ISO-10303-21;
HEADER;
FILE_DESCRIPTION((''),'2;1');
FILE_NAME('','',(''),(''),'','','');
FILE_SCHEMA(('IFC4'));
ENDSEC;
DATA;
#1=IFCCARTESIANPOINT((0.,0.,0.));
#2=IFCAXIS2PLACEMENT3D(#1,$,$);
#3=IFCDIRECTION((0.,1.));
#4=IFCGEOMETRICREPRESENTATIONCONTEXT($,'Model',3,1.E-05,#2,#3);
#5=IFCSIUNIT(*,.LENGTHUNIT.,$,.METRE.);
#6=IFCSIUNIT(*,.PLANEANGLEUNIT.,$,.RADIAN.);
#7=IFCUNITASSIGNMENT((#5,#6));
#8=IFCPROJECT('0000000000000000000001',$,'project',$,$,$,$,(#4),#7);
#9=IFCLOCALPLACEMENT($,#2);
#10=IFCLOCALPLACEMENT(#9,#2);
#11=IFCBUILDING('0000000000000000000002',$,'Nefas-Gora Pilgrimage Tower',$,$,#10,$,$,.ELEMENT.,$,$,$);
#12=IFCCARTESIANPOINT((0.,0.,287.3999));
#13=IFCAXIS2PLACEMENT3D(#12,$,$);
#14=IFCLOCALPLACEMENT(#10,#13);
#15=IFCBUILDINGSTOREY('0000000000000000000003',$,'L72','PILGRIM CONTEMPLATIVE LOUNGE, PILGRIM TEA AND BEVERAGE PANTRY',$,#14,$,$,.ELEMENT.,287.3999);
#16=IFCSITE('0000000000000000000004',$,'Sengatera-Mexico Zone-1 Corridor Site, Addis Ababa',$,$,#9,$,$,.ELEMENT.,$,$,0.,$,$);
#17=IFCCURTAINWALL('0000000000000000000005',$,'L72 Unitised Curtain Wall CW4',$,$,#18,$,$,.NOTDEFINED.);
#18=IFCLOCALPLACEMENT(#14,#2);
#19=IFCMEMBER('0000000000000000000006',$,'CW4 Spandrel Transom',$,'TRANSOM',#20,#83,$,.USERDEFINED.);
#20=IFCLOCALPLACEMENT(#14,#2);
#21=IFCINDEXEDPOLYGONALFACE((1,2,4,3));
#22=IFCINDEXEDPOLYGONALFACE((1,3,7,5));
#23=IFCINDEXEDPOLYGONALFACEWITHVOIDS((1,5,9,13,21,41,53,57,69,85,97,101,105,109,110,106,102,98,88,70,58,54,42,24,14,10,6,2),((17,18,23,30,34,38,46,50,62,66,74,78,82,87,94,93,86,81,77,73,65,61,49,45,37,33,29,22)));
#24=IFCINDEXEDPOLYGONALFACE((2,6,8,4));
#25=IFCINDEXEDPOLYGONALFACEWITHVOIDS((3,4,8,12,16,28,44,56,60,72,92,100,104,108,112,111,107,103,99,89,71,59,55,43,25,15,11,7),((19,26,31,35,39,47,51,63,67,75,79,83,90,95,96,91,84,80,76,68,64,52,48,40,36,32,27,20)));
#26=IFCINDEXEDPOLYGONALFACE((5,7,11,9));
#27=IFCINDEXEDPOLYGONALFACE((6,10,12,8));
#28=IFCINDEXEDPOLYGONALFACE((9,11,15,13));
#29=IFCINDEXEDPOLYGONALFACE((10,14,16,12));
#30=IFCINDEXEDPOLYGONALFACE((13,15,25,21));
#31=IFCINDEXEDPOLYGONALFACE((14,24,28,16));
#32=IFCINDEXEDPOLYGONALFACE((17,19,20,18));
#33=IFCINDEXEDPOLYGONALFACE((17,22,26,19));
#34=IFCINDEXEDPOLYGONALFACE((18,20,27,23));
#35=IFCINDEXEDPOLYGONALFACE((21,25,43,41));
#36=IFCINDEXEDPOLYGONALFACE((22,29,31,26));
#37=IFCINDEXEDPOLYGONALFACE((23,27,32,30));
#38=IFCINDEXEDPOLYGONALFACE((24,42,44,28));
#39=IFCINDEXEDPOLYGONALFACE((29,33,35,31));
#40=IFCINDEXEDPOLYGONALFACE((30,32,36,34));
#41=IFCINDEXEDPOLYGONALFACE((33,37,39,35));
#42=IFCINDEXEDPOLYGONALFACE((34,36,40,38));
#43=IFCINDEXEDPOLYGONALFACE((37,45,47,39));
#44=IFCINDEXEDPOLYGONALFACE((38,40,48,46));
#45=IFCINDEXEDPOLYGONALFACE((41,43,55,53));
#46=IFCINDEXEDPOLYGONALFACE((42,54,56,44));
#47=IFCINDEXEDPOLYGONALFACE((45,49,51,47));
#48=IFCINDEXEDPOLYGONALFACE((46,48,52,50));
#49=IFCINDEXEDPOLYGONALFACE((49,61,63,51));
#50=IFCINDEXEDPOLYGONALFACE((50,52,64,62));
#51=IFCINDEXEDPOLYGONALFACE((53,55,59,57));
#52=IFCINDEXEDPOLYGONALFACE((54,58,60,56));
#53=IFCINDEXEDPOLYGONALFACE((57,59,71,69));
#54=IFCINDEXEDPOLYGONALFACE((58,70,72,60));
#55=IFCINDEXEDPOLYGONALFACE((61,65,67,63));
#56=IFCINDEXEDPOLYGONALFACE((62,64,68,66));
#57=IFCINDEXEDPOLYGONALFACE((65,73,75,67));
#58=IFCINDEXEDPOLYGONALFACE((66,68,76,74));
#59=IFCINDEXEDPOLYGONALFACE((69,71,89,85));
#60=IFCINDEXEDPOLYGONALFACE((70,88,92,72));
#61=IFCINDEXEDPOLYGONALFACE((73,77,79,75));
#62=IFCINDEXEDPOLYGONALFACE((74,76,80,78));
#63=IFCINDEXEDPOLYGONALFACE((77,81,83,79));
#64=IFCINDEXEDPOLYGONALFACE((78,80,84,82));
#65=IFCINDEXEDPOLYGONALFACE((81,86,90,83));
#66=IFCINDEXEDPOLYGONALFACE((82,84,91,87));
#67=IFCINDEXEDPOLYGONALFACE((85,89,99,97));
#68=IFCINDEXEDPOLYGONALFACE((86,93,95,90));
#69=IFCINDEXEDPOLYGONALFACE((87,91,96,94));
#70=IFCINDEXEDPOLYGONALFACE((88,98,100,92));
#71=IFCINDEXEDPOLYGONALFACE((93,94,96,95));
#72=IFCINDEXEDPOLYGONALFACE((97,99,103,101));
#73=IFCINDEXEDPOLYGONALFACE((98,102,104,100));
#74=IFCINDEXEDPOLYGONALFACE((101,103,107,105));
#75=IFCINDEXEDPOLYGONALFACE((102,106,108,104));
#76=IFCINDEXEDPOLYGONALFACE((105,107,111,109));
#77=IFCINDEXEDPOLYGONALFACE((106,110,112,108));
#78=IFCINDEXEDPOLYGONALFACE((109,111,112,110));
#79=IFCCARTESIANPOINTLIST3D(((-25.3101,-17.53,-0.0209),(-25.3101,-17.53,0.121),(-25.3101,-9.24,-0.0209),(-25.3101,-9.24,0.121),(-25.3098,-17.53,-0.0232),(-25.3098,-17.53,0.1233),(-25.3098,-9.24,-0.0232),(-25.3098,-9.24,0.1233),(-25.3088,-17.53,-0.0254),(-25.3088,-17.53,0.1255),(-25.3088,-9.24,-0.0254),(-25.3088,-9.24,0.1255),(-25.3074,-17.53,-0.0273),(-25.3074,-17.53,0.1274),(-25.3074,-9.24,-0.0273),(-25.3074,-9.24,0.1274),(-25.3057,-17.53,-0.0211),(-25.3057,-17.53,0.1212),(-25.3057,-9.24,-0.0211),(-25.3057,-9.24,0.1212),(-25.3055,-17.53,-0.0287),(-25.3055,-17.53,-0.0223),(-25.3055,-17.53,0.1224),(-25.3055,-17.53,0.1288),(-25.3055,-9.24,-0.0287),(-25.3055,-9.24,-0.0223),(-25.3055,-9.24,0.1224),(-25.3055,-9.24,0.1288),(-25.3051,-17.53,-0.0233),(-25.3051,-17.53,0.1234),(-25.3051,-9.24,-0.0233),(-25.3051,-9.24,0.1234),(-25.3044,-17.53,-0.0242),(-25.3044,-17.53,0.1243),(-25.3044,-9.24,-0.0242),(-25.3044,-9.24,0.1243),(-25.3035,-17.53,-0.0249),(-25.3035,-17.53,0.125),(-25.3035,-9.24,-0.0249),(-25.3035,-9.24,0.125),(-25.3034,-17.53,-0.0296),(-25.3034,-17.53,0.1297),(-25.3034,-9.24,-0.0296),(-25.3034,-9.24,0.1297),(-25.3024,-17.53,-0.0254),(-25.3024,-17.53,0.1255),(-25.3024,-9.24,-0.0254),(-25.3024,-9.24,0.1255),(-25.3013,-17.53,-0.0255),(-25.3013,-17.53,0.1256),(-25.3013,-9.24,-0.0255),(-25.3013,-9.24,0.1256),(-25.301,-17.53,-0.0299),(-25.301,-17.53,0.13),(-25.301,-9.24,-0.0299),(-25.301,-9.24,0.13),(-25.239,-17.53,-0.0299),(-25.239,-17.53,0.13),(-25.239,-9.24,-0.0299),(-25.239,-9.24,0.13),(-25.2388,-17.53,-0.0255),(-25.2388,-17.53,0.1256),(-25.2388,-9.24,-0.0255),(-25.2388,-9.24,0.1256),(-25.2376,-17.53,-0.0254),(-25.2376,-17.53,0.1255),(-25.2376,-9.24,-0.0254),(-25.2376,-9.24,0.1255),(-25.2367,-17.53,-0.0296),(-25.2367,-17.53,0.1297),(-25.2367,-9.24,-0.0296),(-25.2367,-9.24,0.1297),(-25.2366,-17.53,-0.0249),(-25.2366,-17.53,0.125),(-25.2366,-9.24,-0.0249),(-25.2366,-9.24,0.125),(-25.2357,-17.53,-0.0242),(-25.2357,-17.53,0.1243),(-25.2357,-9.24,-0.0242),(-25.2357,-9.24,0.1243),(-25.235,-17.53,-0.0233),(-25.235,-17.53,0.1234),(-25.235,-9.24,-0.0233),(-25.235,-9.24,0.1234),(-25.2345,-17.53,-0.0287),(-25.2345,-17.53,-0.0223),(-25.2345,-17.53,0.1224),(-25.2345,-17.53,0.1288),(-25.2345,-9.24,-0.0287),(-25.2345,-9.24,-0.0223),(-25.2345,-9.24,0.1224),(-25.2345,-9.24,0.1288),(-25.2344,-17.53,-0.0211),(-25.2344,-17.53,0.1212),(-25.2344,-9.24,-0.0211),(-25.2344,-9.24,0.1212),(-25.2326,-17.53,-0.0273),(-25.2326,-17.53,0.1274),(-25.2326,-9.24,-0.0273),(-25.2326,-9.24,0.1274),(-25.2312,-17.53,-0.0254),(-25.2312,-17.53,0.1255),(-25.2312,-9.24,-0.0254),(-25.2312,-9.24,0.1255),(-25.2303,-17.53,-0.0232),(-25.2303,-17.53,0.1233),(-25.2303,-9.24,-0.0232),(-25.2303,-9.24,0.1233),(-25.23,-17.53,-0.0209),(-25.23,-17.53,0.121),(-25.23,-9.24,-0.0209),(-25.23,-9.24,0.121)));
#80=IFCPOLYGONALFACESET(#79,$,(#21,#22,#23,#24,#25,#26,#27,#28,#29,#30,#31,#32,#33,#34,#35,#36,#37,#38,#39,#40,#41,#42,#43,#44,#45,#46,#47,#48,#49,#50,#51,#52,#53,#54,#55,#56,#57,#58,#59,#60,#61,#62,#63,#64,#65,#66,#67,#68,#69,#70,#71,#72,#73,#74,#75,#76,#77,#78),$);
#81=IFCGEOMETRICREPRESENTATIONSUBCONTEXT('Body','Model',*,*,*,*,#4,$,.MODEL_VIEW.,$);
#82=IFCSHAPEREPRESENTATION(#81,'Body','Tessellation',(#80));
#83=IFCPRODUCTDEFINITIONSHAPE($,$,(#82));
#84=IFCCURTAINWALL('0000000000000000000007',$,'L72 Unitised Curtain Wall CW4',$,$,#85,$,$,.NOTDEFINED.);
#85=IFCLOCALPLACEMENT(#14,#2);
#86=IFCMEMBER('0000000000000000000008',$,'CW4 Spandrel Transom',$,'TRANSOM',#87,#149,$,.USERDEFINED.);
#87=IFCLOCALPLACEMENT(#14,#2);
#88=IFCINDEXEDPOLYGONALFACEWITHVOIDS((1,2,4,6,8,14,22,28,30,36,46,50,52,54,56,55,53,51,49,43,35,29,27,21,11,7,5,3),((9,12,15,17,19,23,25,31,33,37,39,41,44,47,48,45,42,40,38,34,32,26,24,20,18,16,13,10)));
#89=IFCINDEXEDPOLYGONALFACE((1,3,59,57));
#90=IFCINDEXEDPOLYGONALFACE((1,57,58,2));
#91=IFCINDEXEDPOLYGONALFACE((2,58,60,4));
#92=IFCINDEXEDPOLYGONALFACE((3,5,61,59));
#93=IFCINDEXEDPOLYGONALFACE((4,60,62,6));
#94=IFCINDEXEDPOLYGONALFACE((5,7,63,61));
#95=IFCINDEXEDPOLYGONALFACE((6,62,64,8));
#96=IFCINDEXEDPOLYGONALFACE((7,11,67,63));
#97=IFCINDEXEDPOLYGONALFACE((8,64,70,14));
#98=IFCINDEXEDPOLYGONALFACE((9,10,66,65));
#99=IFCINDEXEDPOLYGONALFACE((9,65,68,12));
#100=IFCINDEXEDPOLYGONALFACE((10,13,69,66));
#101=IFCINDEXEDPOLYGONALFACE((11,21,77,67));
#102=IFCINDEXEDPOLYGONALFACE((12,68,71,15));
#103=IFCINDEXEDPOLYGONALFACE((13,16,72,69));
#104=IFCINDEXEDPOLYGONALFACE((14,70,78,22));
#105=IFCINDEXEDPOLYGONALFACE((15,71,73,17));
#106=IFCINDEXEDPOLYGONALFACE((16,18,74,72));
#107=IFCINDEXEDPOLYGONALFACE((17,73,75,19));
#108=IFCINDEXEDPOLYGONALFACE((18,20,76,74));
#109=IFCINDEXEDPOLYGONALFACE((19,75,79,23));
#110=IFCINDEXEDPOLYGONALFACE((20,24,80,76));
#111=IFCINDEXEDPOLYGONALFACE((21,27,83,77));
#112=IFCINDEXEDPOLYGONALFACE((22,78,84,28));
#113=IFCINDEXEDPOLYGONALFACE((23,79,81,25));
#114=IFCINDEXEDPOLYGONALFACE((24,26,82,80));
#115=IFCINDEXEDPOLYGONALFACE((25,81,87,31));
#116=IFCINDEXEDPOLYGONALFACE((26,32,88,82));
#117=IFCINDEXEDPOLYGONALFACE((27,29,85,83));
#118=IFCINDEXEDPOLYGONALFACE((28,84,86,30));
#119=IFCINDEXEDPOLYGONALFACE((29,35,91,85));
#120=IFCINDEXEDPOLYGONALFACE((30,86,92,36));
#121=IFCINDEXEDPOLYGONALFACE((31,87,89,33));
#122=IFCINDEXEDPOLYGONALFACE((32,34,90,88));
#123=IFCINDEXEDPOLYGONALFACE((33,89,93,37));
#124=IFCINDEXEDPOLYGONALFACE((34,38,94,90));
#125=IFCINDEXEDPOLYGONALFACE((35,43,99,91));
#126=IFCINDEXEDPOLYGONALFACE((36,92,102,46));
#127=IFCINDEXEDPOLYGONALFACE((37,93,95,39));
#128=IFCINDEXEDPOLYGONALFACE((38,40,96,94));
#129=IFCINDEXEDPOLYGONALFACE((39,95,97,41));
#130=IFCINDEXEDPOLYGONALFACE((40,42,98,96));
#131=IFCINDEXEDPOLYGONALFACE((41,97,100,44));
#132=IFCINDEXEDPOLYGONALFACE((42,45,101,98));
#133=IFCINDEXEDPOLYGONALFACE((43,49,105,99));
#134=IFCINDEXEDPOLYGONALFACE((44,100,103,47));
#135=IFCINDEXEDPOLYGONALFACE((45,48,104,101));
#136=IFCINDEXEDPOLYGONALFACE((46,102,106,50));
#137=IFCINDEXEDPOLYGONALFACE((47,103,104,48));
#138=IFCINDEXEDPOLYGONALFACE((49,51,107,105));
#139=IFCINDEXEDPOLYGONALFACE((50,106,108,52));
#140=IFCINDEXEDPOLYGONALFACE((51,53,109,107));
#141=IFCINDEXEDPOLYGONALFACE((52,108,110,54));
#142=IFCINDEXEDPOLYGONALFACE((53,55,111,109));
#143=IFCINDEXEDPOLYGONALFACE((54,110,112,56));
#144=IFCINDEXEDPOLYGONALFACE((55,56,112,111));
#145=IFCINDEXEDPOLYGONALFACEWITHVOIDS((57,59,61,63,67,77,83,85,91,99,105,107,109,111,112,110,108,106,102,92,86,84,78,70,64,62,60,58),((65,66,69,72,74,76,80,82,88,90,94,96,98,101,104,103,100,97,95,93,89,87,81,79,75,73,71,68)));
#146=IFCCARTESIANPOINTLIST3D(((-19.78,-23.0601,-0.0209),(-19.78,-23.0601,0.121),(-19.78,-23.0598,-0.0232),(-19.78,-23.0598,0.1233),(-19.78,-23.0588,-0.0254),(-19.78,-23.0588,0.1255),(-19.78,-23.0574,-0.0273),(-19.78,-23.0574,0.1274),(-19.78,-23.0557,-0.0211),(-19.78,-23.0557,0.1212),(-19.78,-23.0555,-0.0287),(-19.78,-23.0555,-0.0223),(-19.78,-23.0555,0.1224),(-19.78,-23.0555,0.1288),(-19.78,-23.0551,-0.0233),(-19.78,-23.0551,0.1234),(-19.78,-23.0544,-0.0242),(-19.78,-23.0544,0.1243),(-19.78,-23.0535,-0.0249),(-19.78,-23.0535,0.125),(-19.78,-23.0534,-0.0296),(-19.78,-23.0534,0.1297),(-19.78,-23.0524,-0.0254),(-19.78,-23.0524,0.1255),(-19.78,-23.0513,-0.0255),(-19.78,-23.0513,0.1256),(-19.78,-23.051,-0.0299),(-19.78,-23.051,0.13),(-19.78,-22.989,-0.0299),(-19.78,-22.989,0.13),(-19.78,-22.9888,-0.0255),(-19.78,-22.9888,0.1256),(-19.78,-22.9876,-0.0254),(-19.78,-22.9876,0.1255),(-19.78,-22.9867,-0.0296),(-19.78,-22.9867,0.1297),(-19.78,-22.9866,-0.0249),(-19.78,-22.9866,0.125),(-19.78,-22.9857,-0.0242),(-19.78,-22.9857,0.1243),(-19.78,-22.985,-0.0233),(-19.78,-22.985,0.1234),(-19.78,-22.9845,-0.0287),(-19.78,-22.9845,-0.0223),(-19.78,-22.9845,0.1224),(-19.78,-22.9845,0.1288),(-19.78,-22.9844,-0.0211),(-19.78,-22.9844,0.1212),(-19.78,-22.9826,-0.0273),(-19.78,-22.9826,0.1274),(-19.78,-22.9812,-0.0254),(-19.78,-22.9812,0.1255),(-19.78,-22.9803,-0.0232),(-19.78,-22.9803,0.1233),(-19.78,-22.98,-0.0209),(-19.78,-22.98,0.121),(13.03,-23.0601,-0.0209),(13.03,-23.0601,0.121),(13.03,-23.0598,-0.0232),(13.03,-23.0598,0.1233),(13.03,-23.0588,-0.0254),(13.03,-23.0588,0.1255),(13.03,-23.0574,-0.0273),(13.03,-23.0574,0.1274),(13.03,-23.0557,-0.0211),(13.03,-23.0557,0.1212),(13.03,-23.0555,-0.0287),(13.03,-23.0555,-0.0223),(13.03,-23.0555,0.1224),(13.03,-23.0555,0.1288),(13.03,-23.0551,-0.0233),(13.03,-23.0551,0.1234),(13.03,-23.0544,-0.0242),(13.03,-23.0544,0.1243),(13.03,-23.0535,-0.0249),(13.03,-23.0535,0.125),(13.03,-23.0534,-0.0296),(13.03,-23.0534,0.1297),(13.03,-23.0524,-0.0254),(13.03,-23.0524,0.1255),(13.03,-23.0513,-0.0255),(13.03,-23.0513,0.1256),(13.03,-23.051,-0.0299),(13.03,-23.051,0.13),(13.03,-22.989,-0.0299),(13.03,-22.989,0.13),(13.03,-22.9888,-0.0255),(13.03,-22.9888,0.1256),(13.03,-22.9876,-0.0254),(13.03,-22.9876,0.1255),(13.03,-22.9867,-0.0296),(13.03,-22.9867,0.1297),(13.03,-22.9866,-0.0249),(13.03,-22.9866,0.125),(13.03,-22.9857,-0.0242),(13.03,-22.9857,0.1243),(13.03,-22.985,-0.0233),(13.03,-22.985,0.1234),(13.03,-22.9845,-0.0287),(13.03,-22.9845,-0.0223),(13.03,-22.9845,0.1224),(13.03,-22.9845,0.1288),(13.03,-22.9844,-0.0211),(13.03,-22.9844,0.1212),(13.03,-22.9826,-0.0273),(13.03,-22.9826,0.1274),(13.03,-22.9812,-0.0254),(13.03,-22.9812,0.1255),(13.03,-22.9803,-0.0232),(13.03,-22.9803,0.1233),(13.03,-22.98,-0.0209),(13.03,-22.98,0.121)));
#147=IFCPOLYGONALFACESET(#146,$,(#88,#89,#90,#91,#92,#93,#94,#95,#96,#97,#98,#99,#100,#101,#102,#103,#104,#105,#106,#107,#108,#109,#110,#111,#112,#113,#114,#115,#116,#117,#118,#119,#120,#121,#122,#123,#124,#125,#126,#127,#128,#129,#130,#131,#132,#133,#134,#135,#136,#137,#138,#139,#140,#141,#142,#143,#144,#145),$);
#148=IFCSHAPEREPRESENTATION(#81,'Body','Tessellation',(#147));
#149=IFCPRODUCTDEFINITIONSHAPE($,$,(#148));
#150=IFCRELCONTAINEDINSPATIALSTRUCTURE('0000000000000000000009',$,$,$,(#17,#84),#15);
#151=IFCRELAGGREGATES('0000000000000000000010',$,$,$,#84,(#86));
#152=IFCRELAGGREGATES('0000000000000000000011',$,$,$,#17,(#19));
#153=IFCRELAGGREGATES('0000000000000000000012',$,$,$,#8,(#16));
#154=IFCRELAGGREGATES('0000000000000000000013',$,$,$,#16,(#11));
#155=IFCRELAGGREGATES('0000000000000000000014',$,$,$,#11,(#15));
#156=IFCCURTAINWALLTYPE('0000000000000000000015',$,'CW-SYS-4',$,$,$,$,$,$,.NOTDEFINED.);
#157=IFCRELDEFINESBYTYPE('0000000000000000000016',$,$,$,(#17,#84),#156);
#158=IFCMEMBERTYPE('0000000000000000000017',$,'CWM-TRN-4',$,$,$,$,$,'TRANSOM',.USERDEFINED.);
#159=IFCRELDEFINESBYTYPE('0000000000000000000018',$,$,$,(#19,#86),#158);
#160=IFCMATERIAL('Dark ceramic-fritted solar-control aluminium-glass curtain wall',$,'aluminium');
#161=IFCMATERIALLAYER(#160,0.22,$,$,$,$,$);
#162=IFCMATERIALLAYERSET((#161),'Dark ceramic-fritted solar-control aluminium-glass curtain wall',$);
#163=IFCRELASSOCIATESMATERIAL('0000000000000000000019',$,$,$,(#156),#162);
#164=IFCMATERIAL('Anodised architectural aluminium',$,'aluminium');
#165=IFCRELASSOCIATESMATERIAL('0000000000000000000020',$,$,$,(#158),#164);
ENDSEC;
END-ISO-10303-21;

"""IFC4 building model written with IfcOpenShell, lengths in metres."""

from ifc_helpers import new_model, si_unit, direction, frame, origin, origin_2d, place, context, subcontext, project, spatial, hollow_rectangle, extrude, source, transform, mapped, material, layer, layer_set, material_profile, profile_set, type_object, element, aggregate, save


model = new_model("IFC4")

# Units and contexts
model_context = context("Model", 3, precision=1e-05, world=origin(), true_north=direction((0.0, 1.0)))
body_context = subcontext(model_context, "Body", "Model", "MODEL_VIEW")
ifc_project = project(units=[si_unit("LENGTHUNIT", "METRE"), si_unit("PLANEANGLEUNIT", "RADIAN")], contexts=[model_context])

# Site, building, storey
site_placement = place(None, origin())
site = spatial("IfcSite", under=ifc_project, at=site_placement, Name="Sengatera-Mexico Zone-1 Corridor Site, Addis Ababa", CompositionType="ELEMENT", RefElevation=0.0)
building_placement = place(site_placement, origin())
building = spatial("IfcBuilding", under=site, at=building_placement, Name="Nefas-Gora Pilgrimage Tower", CompositionType="ELEMENT")
storey_placement = place(building_placement, frame((0.0, 0.0, 287.3999)))
storey = spatial("IfcBuildingStorey", under=building, at=storey_placement, Name="L72", Description="PILGRIM CONTEMPLATIVE LOUNGE, PILGRIM TEA AND BEVERAGE PANTRY", CompositionType="ELEMENT", Elevation=287.3999)

# Curtain walls, members
ifc_material_1 = material(Name="Dark ceramic-fritted solar-control aluminium-glass curtain wall", Category="aluminium")
ifc_layer_1 = layer(ifc_material_1, 0.22)
ifc_layer_set_1 = layer_set([ifc_layer_1], Name="Dark ceramic-fritted solar-control aluminium-glass curtain wall")
curtain_wall_type = type_object("IfcCurtainWallType", Name="CW-SYS-4", PredefinedType="NOTDEFINED", material=ifc_layer_set_1)
curtain_wall_1_placement = place(storey_placement, origin())
curtain_wall_1 = element("IfcCurtainWall", 1, at=curtain_wall_1_placement, inside=storey, type_object=curtain_wall_type, Name="L72 Unitised Curtain Wall CW4", PredefinedType="NOTDEFINED")
ifc_material_2 = material(Name="Anodised architectural aluminium", Category="aluminium")
ifc_material_profile_1 = material_profile(ifc_material_2, hollow_rectangle(XDim=0.0801, YDim=0.1599, WallThickness=0.0044, InnerFilletRadius=0.0044, OuterFilletRadius=0.009, at=origin_2d()), Name="ALU TRANSOM 80x160")
ifc_profile_set_1 = profile_set([ifc_material_profile_1], Name="Anodised architectural aluminium")
member_type_1 = type_object("IfcMemberType", Name="CWM-TRN-4", ElementType="TRANSOM", PredefinedType="USERDEFINED", material=ifc_profile_set_1)
shared_shape_1 = source(origin(), body_context, "Body", "SweptSolid", [
    extrude(hollow_rectangle(XDim=0.0801, YDim=0.1599, WallThickness=0.0044, InnerFilletRadius=0.0044, OuterFilletRadius=0.009, at=origin_2d()), origin(), (0.0, 0.0, 1.0), 8.29),
])
member_1_placement = place(storey_placement, frame((-25.27, -9.24, 0.05), z_axis=(0.0, -1.0, 0.0), x_axis=(1.0, 0.0, 0.0)))
member_1 = element("IfcMember", 2, at=member_1_placement, type_object=member_type_1, Name="CW4 Spandrel Transom", ObjectType="TRANSOM", PredefinedType="USERDEFINED", context=body_context, shape_type="MappedRepresentation", body=[
    mapped(shared_shape_1, transform((0.0, 0.0, 0.0), x_axis=(1.0, 0.0, 0.0), y_axis=(0.0, 1.0, 0.0), z_axis=(0.0, 0.0, 1.0), scale=1.0)),
])
curtain_wall_2_placement = place(storey_placement, origin())
curtain_wall_2 = element("IfcCurtainWall", 3, at=curtain_wall_2_placement, inside=storey, type_object=curtain_wall_type, Name="L72 Unitised Curtain Wall CW4", PredefinedType="NOTDEFINED")
shared_shape_2 = source(origin(), body_context, "Body", "SweptSolid", [
    extrude(hollow_rectangle(XDim=0.0801, YDim=0.1599, WallThickness=0.0044, InnerFilletRadius=0.0044, OuterFilletRadius=0.009, at=origin_2d()), origin(), (0.0, 0.0, 1.0), 32.8101),
])
member_2_placement = place(storey_placement, frame((-19.78, -23.02, 0.05), z_axis=(1.0, 0.0, 0.0), x_axis=(0.0, 1.0, 0.0)))
member_2 = element("IfcMember", 4, at=member_2_placement, type_object=member_type_1, Name="CW4 Spandrel Transom", ObjectType="TRANSOM", PredefinedType="USERDEFINED", context=body_context, shape_type="MappedRepresentation", body=[
    mapped(shared_shape_2, transform((0.0, 0.0, 0.0), x_axis=(1.0, 0.0, 0.0), y_axis=(0.0, 1.0, 0.0), z_axis=(0.0, 0.0, 1.0), scale=1.0)),
])

aggregate(curtain_wall_2, [member_2])

aggregate(curtain_wall_1, [member_1])

save(model, "model.ifc")
